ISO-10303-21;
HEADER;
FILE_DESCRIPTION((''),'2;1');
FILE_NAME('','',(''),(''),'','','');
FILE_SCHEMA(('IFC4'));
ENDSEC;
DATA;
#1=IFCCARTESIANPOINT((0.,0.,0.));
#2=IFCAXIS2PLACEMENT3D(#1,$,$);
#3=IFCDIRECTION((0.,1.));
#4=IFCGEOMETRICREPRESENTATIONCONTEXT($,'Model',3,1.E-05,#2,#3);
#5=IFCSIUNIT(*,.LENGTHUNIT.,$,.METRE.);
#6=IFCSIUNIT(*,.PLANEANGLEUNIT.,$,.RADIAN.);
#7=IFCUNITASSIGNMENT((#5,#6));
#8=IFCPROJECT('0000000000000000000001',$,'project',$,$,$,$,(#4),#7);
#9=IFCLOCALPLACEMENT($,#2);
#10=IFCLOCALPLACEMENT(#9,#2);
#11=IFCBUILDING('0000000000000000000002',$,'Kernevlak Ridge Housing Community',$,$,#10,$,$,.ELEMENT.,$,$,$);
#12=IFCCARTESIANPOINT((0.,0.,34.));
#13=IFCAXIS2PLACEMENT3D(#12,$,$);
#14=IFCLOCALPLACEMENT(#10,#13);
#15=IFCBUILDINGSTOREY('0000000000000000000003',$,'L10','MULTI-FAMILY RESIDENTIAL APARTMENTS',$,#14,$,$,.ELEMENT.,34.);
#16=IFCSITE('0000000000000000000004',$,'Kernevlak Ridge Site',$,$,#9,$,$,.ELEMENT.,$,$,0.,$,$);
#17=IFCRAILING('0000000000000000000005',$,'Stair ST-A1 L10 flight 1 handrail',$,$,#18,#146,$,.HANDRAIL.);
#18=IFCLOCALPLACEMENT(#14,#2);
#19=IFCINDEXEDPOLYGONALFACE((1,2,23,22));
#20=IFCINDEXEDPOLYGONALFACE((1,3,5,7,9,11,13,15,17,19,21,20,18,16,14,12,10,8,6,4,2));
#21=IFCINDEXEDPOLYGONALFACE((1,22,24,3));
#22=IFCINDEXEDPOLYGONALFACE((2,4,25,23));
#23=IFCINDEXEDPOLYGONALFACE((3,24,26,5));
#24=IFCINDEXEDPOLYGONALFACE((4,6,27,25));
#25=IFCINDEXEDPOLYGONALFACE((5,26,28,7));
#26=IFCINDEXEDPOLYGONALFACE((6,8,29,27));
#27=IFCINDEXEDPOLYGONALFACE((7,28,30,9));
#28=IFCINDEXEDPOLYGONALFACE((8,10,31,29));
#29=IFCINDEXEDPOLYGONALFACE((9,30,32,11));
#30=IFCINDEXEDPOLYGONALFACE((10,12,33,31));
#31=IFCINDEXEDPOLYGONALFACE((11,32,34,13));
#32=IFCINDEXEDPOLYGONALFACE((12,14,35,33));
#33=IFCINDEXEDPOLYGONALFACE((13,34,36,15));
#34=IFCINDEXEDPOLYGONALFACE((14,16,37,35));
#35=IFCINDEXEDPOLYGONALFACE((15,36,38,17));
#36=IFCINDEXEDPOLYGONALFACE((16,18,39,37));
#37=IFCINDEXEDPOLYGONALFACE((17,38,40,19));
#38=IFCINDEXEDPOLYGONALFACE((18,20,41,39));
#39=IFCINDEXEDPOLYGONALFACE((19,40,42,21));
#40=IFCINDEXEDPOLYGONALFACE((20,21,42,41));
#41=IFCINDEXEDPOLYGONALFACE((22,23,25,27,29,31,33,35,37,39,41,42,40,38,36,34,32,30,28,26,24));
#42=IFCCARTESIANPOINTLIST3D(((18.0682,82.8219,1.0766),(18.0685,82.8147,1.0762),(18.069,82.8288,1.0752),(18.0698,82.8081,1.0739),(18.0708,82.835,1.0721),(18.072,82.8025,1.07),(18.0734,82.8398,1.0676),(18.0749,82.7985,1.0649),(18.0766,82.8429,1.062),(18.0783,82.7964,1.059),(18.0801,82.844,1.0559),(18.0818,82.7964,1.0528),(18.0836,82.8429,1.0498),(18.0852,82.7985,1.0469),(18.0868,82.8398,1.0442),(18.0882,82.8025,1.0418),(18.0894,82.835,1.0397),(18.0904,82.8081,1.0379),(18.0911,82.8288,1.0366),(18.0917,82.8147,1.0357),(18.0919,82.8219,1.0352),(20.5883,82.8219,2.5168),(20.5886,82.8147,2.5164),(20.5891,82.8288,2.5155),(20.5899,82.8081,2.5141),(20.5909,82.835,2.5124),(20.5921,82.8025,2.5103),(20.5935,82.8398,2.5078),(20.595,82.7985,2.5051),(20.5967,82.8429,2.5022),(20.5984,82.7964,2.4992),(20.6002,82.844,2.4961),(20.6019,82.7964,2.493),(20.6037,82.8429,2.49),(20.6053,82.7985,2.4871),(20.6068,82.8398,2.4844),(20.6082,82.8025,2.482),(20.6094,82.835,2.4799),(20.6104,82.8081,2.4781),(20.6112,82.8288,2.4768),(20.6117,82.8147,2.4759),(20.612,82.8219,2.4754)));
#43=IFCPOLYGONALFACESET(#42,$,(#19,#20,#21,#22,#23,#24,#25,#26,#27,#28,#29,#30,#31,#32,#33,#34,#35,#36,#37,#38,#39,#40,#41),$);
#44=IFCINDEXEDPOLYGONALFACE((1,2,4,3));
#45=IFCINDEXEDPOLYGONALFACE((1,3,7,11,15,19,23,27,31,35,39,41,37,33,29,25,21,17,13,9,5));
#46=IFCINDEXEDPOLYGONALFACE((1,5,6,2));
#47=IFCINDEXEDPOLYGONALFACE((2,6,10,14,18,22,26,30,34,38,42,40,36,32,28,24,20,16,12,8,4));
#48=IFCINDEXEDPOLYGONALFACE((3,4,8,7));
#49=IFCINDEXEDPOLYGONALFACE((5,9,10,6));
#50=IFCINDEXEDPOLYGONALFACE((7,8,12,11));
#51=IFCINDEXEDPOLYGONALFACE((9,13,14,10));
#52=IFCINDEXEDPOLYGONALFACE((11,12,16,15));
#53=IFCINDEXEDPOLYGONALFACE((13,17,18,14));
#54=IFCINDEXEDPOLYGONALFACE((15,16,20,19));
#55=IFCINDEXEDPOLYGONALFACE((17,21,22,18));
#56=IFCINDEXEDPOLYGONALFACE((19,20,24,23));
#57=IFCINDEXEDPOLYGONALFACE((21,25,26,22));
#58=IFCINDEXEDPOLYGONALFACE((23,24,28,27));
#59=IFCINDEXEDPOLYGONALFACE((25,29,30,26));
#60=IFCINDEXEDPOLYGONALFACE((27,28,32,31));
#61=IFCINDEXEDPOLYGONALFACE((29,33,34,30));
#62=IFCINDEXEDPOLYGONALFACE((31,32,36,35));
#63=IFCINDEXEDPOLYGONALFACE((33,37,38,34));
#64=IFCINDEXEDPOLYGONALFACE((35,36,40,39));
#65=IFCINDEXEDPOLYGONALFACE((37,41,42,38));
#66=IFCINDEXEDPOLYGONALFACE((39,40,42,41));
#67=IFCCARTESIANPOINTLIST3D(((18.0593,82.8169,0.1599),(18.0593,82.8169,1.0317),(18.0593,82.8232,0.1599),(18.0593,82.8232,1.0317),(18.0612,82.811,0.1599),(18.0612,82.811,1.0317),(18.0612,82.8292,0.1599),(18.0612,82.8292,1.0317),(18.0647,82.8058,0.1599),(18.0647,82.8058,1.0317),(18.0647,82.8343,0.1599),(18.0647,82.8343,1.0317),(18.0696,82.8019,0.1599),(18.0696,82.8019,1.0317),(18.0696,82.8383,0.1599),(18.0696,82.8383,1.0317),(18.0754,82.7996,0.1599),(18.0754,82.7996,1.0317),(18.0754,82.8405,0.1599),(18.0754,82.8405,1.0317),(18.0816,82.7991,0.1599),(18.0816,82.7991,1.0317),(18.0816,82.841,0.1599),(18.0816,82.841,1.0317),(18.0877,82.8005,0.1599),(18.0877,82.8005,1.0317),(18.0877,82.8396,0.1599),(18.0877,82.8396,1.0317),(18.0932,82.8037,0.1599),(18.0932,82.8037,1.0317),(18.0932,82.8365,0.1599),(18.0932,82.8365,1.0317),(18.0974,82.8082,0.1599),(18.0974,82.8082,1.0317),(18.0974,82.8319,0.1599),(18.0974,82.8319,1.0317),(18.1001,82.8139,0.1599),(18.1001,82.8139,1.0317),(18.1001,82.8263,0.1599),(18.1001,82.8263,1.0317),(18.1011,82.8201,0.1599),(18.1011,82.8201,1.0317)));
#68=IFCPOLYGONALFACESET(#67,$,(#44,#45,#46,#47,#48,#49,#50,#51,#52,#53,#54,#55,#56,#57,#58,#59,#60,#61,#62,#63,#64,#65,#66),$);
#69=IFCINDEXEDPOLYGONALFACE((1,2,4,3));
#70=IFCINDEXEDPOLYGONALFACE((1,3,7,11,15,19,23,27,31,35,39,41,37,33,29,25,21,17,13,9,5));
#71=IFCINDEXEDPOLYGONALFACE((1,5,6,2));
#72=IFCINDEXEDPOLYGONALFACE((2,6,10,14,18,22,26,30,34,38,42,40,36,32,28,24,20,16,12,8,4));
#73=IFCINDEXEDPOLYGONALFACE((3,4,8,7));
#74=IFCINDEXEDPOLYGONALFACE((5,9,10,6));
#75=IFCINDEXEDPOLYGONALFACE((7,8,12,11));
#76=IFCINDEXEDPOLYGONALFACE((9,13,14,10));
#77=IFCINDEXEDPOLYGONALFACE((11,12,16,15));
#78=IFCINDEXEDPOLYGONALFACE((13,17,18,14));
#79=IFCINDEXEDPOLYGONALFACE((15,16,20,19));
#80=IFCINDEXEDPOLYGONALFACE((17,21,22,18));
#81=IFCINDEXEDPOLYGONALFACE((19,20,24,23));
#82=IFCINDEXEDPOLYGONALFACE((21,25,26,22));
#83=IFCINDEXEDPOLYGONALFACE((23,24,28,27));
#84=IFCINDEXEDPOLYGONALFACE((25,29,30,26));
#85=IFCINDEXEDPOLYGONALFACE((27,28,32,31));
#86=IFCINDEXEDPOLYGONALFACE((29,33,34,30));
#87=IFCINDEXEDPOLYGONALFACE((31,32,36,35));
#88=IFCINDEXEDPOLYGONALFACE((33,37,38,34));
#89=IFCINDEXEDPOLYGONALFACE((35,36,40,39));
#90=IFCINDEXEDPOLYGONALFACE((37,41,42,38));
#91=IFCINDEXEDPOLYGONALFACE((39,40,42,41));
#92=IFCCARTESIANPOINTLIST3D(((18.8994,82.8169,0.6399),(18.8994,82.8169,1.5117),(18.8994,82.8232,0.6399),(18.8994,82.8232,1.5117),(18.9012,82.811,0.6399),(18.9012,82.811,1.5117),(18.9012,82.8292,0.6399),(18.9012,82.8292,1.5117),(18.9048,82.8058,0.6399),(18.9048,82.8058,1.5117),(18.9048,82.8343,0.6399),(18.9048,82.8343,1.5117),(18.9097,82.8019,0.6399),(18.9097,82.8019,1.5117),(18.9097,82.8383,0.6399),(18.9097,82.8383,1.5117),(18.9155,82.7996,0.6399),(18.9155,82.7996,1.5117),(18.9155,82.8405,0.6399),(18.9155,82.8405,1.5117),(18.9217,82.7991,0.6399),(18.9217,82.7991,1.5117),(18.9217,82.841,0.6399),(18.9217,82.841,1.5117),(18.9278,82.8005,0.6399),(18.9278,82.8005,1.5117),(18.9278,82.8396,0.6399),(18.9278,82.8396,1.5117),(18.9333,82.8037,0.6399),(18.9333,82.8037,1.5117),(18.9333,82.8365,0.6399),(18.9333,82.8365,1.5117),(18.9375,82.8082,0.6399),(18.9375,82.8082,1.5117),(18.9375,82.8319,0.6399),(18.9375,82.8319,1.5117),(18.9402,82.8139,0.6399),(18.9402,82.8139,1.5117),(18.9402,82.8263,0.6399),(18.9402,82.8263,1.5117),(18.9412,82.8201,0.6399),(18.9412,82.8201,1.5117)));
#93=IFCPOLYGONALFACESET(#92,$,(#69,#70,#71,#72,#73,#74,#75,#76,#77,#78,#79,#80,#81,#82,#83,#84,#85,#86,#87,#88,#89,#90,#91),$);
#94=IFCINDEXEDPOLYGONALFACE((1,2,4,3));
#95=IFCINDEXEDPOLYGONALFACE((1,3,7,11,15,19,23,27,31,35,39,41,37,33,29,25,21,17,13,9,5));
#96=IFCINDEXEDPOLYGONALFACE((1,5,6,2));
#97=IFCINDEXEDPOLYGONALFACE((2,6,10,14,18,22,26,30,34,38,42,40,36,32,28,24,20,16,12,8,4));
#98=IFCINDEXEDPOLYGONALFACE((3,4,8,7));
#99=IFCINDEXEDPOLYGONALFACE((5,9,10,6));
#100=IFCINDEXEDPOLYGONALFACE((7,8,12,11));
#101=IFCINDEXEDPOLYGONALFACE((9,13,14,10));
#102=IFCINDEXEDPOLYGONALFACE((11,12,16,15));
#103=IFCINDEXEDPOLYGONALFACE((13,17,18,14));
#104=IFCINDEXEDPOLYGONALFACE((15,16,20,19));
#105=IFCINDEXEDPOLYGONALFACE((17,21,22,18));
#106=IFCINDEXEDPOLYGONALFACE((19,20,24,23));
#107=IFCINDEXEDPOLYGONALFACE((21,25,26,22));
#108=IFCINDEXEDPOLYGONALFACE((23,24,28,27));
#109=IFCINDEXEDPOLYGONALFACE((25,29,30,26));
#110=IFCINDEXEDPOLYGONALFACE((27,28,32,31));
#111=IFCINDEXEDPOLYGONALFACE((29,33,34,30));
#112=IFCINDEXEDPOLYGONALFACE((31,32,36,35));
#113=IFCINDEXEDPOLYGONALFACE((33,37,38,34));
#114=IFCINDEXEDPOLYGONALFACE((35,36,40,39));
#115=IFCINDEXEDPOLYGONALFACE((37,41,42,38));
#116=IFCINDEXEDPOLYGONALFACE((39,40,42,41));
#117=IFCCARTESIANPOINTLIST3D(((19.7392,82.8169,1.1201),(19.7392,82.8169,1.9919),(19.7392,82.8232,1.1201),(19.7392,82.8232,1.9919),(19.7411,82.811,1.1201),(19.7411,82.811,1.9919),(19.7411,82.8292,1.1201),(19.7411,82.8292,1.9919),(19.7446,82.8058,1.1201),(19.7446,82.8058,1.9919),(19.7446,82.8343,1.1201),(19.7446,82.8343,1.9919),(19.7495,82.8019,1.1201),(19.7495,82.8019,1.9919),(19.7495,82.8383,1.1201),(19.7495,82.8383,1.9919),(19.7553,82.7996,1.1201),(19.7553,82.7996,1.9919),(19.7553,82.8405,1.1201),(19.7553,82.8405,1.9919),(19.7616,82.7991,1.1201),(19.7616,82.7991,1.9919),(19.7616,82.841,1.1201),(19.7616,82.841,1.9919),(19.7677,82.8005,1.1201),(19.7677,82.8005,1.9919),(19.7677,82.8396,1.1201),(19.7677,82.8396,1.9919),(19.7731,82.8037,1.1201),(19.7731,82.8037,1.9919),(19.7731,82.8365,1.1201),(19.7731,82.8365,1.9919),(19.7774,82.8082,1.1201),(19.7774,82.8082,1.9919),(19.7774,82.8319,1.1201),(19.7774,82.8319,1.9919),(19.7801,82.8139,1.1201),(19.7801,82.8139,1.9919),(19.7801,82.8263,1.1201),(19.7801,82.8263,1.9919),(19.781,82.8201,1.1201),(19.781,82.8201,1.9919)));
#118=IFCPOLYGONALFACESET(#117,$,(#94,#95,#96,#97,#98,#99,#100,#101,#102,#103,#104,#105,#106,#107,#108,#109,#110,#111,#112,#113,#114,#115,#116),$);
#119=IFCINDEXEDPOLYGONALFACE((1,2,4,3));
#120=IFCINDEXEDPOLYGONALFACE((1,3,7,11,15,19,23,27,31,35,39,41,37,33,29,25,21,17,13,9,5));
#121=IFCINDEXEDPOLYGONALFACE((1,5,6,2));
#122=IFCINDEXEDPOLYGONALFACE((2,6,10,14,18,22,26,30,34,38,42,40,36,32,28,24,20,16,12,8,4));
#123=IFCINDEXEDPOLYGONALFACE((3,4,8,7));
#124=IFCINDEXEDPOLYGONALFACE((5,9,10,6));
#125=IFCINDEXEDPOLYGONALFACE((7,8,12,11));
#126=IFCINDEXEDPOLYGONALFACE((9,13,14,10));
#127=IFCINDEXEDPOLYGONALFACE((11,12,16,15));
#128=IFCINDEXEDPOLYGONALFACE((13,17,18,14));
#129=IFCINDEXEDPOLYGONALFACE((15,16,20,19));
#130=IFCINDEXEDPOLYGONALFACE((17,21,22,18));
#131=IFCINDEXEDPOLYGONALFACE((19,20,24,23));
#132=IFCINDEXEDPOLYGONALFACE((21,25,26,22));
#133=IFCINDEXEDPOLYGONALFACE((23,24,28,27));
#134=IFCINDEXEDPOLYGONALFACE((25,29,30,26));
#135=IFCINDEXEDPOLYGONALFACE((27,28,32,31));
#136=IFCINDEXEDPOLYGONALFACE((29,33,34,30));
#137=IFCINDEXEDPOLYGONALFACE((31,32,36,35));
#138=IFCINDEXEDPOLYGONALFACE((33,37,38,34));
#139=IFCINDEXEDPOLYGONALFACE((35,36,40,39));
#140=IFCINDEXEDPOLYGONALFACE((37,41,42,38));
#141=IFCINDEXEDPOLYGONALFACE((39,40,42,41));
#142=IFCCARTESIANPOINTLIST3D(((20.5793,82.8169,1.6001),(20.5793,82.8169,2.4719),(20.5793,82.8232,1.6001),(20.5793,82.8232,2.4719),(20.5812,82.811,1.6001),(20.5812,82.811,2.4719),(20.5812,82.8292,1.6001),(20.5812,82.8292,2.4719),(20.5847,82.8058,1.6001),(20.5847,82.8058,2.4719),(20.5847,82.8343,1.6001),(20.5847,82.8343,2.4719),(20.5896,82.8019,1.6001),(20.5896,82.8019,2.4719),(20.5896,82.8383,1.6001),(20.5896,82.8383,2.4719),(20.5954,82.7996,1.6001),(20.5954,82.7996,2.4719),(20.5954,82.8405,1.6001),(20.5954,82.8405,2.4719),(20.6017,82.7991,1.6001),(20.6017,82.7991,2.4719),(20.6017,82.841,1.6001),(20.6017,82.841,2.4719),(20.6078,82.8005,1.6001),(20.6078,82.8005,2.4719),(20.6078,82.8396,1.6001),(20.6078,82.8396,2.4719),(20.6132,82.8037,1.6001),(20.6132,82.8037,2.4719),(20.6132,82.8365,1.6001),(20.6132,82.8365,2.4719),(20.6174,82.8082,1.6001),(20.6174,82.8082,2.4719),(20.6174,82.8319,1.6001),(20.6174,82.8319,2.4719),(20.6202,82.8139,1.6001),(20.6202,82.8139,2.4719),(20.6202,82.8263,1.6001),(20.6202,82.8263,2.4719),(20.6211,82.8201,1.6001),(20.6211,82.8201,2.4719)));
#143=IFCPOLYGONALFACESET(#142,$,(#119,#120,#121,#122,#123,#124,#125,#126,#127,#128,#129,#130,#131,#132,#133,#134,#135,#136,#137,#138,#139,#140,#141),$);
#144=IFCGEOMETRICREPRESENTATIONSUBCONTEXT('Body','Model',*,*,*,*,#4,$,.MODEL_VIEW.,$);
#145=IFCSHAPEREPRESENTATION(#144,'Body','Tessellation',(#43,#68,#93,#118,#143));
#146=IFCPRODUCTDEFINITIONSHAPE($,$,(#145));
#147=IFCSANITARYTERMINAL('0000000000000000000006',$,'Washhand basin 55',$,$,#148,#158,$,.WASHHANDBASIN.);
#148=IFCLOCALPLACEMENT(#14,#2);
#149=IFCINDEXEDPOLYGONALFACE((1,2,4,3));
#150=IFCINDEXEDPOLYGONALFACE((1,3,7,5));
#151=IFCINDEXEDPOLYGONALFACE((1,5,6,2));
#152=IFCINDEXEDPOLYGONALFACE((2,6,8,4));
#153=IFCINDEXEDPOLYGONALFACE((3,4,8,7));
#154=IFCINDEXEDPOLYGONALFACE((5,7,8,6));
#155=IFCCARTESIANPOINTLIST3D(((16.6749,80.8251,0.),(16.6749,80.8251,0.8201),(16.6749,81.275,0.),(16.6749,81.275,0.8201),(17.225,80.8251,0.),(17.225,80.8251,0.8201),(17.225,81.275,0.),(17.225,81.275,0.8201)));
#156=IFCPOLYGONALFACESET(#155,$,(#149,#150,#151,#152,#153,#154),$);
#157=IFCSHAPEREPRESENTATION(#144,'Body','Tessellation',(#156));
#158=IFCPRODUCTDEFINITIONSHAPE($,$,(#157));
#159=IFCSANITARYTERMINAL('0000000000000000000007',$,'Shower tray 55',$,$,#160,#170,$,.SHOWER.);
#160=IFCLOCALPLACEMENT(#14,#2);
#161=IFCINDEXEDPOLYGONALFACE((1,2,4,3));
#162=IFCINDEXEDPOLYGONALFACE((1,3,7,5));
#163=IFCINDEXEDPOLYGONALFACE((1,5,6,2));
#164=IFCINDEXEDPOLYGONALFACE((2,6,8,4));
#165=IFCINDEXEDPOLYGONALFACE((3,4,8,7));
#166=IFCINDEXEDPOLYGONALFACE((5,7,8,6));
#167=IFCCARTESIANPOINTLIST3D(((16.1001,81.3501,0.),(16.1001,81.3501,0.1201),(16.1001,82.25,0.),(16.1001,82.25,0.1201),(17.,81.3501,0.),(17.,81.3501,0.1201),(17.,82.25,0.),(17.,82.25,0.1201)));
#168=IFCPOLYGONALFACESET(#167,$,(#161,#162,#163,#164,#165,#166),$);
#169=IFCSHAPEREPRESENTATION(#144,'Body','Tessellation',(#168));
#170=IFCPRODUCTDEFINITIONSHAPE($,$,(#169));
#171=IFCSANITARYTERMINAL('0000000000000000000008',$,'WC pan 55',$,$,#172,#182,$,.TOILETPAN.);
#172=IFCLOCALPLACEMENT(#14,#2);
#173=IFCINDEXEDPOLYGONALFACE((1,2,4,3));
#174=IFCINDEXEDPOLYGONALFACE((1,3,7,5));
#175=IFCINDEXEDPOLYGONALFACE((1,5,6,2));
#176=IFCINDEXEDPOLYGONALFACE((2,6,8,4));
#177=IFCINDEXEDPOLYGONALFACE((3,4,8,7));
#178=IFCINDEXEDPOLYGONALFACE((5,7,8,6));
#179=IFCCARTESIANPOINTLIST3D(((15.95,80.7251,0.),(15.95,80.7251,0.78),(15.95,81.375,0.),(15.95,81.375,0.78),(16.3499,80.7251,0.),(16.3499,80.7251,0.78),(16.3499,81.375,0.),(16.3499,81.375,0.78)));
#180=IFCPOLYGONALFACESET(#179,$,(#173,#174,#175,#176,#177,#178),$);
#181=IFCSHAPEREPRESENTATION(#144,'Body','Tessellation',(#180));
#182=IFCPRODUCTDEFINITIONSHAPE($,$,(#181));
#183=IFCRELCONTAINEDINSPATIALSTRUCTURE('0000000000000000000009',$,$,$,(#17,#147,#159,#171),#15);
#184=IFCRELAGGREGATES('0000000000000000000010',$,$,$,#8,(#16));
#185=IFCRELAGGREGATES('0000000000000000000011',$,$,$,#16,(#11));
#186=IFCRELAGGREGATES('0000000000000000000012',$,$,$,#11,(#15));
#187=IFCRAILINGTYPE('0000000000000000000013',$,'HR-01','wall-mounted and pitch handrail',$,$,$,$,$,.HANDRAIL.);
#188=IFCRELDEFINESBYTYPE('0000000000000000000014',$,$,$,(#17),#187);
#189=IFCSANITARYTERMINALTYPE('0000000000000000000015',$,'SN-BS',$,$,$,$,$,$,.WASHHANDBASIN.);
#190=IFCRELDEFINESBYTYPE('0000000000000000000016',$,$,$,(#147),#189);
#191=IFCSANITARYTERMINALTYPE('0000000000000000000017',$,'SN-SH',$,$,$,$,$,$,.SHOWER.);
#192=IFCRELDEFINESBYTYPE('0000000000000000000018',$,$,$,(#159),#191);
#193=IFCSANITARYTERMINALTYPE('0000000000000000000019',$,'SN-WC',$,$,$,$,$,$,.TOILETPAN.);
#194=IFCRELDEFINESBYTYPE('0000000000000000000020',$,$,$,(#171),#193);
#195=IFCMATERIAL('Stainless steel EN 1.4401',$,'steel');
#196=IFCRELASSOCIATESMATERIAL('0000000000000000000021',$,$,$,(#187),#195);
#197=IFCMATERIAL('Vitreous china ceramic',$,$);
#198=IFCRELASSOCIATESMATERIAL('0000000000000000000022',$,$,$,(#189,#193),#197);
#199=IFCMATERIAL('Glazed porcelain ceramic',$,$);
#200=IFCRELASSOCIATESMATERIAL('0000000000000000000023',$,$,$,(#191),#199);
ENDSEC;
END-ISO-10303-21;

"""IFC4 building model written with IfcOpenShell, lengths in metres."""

from ifc_helpers import new_model, si_unit, direction, frame, origin, origin_2d, place, context, subcontext, project, spatial, rectangle, circle, extrude, material, type_object, element, save


model = new_model("IFC4")

# Units and contexts
model_context = context("Model", 3, precision=1e-05, world=origin(), true_north=direction((0.0, 1.0)))
body_context = subcontext(model_context, "Body", "Model", "MODEL_VIEW")
ifc_project = project(units=[si_unit("LENGTHUNIT", "METRE"), si_unit("PLANEANGLEUNIT", "RADIAN")], contexts=[model_context])

# Site, building, storey
site_placement = place(None, origin())
site = spatial("IfcSite", under=ifc_project, at=site_placement, Name="Kernevlak Ridge Site", CompositionType="ELEMENT", RefElevation=0.0)
building_placement = place(site_placement, origin())
building = spatial("IfcBuilding", under=site, at=building_placement, Name="Kernevlak Ridge Housing Community", CompositionType="ELEMENT")
storey_placement = place(building_placement, frame((0.0, 0.0, 34.0)))
storey = spatial("IfcBuildingStorey", under=building, at=storey_placement, Name="L10", Description="MULTI-FAMILY RESIDENTIAL APARTMENTS", CompositionType="ELEMENT", Elevation=34.0)

# Railing
ifc_material_1 = material(Name="Stainless steel EN 1.4401", Category="steel")
railing_type_1 = type_object("IfcRailingType", Name="HR-01", Description="wall-mounted and pitch handrail", PredefinedType="HANDRAIL", material=ifc_material_1)
railing_1_placement = place(storey_placement, frame((18.0801, 82.8201, 0.1599)))
element("IfcRailing", 1, at=railing_1_placement, inside=storey, type_object=railing_type_1, Name="Stair ST-A1 L10 flight 1 handrail", PredefinedType="HANDRAIL", context=body_context, shape_type="SweptSolid", body=[
    extrude(circle(Radius=0.0239, at=origin_2d()), frame((0.0, 0.0, 0.896), z_axis=(0.868217, 0.0, 0.496184), x_axis=(0.0, 1.0, 0.0)), (0.0, 0.0, 1.0), 2.9026),
    extrude(circle(Radius=0.021, at=origin_2d()), origin(), (0.0, 0.0, 1.0), 0.8718),
    extrude(circle(Radius=0.021, at=origin_2d()), frame((0.8401, 0.0, 0.48)), (0.0, 0.0, 1.0), 0.8718),
    extrude(circle(Radius=0.021, at=origin_2d()), frame((1.6799, 0.0, 0.9602)), (0.0, 0.0, 1.0), 0.8718),
    extrude(circle(Radius=0.021, at=origin_2d()), frame((2.52, 0.0, 1.4402)), (0.0, 0.0, 1.0), 0.8718),
])

# Sanitary terminals
ifc_material_2 = material(Name="Vitreous china ceramic")
sanitary_terminal_type_1 = type_object("IfcSanitaryTerminalType", Name="SN-BS", PredefinedType="WASHHANDBASIN", material=ifc_material_2)
sanitary_terminal_1_placement = place(storey_placement, frame((16.95, 81.05, 0.0), z_axis=(0.0, 0.0, 1.0), x_axis=(1.0, 0.0, 0.0)))
element("IfcSanitaryTerminal", 2, at=sanitary_terminal_1_placement, inside=storey, type_object=sanitary_terminal_type_1, Name="Washhand basin 55", PredefinedType="WASHHANDBASIN", context=body_context, shape_type="SweptSolid", body=[
    extrude(rectangle(XDim=0.55, YDim=0.45, at=origin_2d()), origin(), (0.0, 0.0, 1.0), 0.8201),
])
ifc_material_3 = material(Name="Glazed porcelain ceramic")
sanitary_terminal_type_2 = type_object("IfcSanitaryTerminalType", Name="SN-SH", PredefinedType="SHOWER", material=ifc_material_3)
sanitary_terminal_2_placement = place(storey_placement, frame((16.55, 81.8, 0.0), z_axis=(0.0, 0.0, 1.0), x_axis=(1.0, 0.0, 0.0)))
element("IfcSanitaryTerminal", 3, at=sanitary_terminal_2_placement, inside=storey, type_object=sanitary_terminal_type_2, Name="Shower tray 55", PredefinedType="SHOWER", context=body_context, shape_type="SweptSolid", body=[
    extrude(rectangle(XDim=0.8999, YDim=0.8999, at=origin_2d()), origin(), (0.0, 0.0, 1.0), 0.1201),
])
sanitary_terminal_type_3 = type_object("IfcSanitaryTerminalType", Name="SN-WC", PredefinedType="TOILETPAN", material=ifc_material_2)
sanitary_terminal_3_placement = place(storey_placement, frame((16.1499, 81.05, 0.0), z_axis=(0.0, 0.0, 1.0), x_axis=(1.0, 0.0, 0.0)))
element("IfcSanitaryTerminal", 4, at=sanitary_terminal_3_placement, inside=storey, type_object=sanitary_terminal_type_3, Name="WC pan 55", PredefinedType="TOILETPAN", context=body_context, shape_type="SweptSolid", body=[
    extrude(rectangle(XDim=0.3999, YDim=0.6499, at=origin_2d()), origin(), (0.0, 0.0, 1.0), 0.78),
])

save(model, "model.ifc")
